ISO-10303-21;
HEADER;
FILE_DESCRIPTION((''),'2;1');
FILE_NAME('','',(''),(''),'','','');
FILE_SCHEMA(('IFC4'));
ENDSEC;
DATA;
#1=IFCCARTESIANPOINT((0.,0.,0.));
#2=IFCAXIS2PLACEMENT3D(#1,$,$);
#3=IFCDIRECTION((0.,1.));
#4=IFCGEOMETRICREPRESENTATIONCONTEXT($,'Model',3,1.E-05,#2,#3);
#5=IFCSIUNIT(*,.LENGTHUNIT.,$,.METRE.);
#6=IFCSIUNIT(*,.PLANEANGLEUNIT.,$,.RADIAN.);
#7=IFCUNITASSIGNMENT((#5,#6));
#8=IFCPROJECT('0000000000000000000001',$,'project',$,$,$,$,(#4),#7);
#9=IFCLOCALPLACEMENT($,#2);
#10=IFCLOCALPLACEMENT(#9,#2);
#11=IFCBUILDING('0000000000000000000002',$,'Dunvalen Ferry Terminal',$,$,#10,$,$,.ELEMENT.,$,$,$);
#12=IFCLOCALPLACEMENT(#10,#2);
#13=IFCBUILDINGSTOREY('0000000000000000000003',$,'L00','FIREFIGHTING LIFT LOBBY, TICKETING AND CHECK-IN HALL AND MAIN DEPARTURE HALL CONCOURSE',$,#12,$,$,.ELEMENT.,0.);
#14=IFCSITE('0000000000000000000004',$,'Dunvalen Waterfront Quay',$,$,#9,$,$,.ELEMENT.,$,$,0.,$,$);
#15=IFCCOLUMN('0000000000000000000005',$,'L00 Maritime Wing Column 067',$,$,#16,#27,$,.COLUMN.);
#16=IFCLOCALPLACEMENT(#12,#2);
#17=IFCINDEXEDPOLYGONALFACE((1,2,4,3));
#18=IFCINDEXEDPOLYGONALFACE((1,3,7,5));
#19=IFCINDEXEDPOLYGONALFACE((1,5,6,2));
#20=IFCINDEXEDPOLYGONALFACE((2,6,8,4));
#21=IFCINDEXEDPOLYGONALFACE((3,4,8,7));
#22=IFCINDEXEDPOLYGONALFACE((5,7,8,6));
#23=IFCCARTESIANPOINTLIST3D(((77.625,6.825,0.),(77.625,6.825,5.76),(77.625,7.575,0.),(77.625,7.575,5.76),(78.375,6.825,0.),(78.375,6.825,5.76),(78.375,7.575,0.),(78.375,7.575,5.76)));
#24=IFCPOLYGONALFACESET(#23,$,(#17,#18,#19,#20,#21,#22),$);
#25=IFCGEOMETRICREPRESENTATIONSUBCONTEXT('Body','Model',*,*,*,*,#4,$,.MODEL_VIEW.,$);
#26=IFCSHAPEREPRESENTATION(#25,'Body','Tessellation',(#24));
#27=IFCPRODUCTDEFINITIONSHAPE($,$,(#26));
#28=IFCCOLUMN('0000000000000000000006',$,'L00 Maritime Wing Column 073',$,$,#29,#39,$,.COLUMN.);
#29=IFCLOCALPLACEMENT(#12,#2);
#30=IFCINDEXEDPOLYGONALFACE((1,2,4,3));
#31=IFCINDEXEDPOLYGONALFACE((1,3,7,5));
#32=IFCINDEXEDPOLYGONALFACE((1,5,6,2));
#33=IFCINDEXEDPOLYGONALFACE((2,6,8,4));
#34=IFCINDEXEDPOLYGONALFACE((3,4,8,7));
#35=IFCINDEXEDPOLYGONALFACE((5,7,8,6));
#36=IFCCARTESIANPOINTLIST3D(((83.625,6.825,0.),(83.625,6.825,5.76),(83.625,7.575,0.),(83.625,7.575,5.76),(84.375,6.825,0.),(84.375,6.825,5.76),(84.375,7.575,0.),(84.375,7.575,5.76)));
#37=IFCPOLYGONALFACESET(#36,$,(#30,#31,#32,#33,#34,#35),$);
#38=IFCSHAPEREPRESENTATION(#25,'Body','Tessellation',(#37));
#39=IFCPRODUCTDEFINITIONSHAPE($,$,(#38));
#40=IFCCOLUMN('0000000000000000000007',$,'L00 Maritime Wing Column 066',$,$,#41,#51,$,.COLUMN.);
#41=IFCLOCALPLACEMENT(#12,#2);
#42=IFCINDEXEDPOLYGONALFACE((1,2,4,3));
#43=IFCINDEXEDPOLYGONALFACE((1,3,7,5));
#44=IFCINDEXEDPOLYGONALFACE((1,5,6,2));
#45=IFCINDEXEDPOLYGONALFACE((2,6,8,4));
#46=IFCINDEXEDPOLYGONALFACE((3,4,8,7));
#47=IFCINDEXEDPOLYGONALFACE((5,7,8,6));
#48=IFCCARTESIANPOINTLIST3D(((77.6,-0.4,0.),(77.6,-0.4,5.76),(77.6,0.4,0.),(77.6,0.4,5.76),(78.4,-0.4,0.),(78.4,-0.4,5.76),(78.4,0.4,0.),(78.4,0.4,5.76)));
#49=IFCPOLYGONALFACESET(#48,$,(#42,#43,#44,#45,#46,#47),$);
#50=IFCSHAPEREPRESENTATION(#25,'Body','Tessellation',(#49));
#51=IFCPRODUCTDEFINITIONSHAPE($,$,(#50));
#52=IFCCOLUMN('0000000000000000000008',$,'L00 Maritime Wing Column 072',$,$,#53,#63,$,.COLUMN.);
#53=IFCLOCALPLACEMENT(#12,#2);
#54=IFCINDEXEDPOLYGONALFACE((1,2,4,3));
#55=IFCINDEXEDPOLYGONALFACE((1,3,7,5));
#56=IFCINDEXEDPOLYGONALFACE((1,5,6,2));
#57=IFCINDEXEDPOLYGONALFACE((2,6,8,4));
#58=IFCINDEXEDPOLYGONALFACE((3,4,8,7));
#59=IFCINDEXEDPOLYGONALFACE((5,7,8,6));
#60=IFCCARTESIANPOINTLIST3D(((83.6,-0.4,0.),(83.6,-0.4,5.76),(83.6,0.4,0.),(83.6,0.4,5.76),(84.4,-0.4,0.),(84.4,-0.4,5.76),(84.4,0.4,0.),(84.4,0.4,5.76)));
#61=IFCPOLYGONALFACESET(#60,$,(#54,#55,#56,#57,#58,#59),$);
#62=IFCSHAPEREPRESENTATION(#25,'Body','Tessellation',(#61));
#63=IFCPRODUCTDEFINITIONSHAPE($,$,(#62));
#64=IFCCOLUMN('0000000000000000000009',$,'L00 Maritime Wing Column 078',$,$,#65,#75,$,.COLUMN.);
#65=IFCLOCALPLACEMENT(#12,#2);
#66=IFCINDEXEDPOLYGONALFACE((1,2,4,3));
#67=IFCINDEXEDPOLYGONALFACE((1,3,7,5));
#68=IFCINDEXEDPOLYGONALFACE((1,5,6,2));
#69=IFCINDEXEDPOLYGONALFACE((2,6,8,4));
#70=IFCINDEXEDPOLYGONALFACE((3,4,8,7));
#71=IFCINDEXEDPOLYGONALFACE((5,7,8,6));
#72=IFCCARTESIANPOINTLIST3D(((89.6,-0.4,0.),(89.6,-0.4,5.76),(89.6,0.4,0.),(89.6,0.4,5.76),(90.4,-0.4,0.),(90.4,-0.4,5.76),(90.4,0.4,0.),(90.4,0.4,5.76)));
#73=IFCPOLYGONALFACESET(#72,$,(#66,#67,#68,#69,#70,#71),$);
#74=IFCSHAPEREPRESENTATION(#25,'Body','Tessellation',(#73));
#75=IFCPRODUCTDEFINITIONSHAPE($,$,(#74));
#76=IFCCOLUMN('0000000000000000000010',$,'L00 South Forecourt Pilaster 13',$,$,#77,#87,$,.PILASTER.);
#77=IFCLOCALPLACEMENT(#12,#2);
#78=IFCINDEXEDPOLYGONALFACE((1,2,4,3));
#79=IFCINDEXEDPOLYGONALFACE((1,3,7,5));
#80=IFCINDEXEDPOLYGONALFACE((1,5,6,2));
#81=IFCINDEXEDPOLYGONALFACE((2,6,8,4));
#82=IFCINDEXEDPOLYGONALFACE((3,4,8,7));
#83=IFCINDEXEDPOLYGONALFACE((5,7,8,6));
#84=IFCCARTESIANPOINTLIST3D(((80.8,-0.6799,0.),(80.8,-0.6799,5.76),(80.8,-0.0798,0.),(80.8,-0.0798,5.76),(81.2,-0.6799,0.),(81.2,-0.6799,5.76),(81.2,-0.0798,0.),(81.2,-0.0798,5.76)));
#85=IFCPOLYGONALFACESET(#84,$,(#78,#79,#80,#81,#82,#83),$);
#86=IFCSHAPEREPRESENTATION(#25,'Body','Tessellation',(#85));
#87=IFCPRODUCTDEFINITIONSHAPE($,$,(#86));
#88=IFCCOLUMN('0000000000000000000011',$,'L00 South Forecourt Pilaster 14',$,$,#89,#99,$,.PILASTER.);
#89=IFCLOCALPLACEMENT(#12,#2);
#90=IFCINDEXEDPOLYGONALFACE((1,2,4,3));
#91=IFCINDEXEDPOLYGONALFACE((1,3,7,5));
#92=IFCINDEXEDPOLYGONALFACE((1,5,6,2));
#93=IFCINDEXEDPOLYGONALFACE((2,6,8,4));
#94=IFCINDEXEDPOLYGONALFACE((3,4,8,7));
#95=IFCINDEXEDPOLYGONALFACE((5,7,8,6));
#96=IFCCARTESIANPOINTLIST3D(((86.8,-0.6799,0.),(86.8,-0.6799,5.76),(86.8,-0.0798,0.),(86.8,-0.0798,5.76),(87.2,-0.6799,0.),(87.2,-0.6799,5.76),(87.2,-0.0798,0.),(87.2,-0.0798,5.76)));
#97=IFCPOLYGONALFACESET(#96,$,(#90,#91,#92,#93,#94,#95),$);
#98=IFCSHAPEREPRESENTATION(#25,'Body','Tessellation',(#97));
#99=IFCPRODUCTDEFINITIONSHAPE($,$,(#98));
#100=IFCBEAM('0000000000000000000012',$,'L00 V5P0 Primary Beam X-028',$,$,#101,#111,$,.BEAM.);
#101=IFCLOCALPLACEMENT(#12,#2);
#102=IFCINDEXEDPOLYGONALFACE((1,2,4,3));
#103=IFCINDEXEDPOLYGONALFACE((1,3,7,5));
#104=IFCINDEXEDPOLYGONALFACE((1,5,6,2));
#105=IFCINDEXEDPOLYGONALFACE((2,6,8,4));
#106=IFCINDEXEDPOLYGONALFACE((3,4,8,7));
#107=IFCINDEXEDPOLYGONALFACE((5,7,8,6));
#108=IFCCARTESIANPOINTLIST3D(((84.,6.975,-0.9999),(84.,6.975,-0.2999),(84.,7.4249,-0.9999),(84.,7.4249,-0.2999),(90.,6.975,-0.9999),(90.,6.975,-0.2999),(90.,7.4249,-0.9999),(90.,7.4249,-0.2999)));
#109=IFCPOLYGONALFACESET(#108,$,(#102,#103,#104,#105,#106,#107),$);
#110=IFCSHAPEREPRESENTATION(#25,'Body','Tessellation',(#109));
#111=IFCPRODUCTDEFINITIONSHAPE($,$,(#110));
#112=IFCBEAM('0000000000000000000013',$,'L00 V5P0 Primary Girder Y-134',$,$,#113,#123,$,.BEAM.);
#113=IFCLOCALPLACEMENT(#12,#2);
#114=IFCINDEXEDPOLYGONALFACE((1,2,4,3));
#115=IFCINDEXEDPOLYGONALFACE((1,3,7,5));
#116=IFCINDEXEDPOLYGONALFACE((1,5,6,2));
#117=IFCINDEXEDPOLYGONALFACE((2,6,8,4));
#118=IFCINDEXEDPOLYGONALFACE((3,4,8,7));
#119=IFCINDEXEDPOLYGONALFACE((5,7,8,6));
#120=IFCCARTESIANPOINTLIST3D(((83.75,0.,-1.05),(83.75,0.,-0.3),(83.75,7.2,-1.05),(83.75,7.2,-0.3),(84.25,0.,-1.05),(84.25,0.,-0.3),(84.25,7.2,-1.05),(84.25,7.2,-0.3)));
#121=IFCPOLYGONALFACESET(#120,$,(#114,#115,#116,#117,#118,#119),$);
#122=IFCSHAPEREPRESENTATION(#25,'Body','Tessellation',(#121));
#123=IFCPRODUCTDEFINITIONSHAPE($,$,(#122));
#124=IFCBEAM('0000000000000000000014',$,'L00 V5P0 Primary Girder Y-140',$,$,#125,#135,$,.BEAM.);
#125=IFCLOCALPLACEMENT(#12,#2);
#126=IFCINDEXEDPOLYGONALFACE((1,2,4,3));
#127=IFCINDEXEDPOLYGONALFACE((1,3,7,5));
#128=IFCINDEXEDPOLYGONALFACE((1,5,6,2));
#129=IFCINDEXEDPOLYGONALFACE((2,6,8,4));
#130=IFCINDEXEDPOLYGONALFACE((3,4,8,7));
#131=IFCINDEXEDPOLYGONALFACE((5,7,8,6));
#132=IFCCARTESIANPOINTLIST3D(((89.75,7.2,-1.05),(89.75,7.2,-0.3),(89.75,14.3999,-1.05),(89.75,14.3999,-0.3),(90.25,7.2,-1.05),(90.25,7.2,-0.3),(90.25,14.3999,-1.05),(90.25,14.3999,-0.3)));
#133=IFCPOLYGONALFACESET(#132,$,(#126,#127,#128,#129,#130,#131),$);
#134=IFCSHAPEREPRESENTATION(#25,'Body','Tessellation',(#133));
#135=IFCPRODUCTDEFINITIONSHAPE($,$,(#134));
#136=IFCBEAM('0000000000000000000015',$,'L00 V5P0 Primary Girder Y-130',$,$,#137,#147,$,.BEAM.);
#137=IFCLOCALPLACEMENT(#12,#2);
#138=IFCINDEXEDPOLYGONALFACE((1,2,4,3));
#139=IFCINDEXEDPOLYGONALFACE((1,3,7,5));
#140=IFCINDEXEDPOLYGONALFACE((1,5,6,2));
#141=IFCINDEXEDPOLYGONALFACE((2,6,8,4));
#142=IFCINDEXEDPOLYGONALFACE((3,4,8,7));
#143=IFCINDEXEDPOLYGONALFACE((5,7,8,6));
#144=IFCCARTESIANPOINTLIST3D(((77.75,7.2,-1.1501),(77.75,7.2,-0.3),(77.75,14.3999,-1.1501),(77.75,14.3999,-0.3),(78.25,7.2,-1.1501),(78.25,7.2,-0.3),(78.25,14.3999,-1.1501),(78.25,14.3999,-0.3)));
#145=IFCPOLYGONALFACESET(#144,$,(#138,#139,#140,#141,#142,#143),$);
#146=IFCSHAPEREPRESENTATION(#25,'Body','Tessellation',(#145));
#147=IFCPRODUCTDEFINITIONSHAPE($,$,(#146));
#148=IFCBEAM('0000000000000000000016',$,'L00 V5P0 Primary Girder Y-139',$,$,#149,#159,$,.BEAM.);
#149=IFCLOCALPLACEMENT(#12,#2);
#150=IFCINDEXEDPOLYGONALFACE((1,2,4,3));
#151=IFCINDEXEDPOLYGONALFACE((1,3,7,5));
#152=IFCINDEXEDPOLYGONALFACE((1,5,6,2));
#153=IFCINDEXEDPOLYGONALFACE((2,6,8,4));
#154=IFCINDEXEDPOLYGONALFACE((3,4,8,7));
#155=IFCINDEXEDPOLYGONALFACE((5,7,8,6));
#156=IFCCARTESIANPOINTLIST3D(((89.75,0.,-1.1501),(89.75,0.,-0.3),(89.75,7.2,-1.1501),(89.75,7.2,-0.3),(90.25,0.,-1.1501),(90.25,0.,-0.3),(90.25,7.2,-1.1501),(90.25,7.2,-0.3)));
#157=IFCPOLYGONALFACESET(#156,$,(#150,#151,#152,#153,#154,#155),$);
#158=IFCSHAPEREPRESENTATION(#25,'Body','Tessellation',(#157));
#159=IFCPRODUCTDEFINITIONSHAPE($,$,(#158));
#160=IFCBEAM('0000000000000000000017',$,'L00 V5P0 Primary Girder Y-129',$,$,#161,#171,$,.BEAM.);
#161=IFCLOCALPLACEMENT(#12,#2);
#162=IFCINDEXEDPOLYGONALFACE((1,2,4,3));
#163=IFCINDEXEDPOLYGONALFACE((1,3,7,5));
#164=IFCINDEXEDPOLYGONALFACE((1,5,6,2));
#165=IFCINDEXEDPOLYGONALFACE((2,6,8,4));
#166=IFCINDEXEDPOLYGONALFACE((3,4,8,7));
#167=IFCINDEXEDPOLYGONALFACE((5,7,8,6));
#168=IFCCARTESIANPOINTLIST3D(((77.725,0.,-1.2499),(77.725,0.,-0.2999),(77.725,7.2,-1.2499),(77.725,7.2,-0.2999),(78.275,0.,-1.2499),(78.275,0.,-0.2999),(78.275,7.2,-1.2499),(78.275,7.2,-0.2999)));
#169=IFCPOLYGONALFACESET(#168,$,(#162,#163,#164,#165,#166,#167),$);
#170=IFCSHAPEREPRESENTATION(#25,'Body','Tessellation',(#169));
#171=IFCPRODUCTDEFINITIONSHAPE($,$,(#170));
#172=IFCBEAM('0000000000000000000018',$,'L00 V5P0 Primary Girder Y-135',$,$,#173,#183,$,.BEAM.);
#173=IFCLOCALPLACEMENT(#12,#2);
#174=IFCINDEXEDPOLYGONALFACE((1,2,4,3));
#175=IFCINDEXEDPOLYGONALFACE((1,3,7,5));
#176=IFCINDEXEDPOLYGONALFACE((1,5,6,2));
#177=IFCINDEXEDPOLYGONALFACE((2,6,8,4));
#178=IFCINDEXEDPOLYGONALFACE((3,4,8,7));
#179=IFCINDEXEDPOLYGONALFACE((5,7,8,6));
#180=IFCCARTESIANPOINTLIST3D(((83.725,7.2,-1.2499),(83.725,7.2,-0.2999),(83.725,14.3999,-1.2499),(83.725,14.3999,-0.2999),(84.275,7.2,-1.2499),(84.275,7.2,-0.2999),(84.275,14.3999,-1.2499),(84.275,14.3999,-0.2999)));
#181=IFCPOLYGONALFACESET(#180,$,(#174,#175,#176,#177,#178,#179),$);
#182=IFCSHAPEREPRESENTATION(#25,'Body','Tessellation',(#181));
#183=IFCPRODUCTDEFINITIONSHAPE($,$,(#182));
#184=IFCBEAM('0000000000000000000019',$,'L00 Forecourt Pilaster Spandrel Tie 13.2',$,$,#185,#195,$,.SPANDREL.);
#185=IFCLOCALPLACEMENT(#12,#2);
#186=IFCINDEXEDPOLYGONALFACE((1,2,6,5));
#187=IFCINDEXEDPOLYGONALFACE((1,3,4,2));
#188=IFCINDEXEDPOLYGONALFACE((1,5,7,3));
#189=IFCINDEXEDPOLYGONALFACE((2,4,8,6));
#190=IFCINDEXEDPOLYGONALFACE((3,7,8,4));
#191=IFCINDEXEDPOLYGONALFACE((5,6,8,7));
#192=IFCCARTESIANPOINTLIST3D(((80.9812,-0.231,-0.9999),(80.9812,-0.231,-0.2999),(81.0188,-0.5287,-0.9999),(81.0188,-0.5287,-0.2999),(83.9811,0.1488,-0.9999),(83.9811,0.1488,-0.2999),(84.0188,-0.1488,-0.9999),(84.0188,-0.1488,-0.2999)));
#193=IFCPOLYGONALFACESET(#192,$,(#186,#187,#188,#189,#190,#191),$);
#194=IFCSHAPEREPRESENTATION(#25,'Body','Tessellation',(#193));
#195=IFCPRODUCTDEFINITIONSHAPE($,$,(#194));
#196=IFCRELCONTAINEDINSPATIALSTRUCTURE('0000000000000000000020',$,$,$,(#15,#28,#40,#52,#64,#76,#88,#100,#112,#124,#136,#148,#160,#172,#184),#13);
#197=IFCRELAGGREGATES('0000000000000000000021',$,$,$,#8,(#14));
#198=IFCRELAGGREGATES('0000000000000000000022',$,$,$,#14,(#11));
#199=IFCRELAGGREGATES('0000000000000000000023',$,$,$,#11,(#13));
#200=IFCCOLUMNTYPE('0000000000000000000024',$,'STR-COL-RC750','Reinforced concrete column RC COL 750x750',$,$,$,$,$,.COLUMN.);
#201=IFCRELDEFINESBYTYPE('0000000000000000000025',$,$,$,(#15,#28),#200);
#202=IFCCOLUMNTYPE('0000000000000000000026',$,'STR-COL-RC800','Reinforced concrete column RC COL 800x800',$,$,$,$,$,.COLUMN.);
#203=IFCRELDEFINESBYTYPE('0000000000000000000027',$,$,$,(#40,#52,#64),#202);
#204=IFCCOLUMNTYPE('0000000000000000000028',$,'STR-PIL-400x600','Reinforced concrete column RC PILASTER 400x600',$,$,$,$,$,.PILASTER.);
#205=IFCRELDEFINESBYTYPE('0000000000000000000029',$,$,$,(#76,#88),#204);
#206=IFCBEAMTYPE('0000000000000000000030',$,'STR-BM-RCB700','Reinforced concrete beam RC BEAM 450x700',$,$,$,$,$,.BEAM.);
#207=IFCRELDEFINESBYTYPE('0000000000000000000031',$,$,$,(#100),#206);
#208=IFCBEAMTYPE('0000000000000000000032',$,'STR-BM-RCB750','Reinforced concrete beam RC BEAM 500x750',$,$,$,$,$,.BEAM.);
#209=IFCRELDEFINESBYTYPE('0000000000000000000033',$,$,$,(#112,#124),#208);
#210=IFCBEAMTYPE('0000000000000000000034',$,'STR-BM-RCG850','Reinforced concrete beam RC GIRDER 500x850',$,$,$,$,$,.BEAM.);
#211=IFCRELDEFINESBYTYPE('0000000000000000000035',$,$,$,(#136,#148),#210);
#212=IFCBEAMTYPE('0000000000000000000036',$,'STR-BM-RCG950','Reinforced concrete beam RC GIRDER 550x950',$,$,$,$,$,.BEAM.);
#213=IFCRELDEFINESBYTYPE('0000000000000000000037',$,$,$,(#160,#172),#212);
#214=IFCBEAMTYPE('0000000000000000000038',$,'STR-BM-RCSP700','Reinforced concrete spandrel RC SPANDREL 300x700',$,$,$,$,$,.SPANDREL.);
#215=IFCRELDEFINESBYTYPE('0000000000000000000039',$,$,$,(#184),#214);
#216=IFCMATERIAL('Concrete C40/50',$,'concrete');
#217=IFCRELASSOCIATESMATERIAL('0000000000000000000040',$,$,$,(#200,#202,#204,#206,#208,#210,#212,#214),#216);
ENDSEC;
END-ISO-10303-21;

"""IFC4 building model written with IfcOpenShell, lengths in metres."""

from ifc_helpers import new_model, si_unit, direction, frame, origin, origin_2d, place, context, subcontext, project, spatial, rectangle, extrude, material, material_profile, profile_set, type_object, element, save


model = new_model("IFC4")

# Units and contexts
model_context = context("Model", 3, precision=1e-05, world=origin(), true_north=direction((0.0, 1.0)))
body_context = subcontext(model_context, "Body", "Model", "MODEL_VIEW")
ifc_project = project(units=[si_unit("LENGTHUNIT", "METRE"), si_unit("PLANEANGLEUNIT", "RADIAN")], contexts=[model_context])

# Site, building, storey
site_placement = place(None, origin())
site = spatial("IfcSite", under=ifc_project, at=site_placement, Name="Dunvalen Waterfront Quay", CompositionType="ELEMENT", RefElevation=0.0)
building_placement = place(site_placement, origin())
building = spatial("IfcBuilding", under=site, at=building_placement, Name="Dunvalen Ferry Terminal", CompositionType="ELEMENT")
storey_placement = place(building_placement, origin())
storey = spatial("IfcBuildingStorey", under=building, at=storey_placement, Name="L00", Description="FIREFIGHTING LIFT LOBBY, TICKETING AND CHECK-IN HALL AND MAIN DEPARTURE HALL CONCOURSE", CompositionType="ELEMENT", Elevation=0.0)

# Columns
ifc_material_1 = material(Name="Concrete C40/50", Category="concrete")
ifc_material_profile_1 = material_profile(ifc_material_1, rectangle(XDim=0.75, YDim=0.75, at=origin_2d()), Name="Concrete C40/50")
ifc_profile_set_1 = profile_set([ifc_material_profile_1], Name="Concrete C40/50")
column_type_1 = type_object("IfcColumnType", Name="STR-COL-RC750", Description="Reinforced concrete column RC COL 750x750", PredefinedType="COLUMN", material=ifc_profile_set_1)
for number, where, z_axis, x_axis, name in (
    (1, (78.0, 7.2, 0.0), (0.0, 0.0, 1.0), (1.0, 0.0, 0.0), "L00 Maritime Wing Column 067"),
    (2, (84.0, 7.2, 0.0), (0.0, 0.0, 1.0), (1.0, 0.0, 0.0), "L00 Maritime Wing Column 073"),
):
    element("IfcColumn", number, at=place(storey_placement, frame(where, z_axis=z_axis, x_axis=x_axis)), inside=storey, type_object=column_type_1, Name=name, PredefinedType="COLUMN", context=body_context, shape_type="SweptSolid", body=[
        extrude(rectangle(XDim=0.75, YDim=0.75, at=origin_2d()), origin(), (0.0, 0.0, 1.0), 5.76),
    ])
ifc_material_profile_2 = material_profile(ifc_material_1, rectangle(XDim=0.8, YDim=0.8, at=origin_2d()), Name="Concrete C40/50")
ifc_profile_set_2 = profile_set([ifc_material_profile_2], Name="Concrete C40/50")
column_type_2 = type_object("IfcColumnType", Name="STR-COL-RC800", Description="Reinforced concrete column RC COL 800x800", PredefinedType="COLUMN", material=ifc_profile_set_2)
for number, where, z_axis, x_axis, name in (
    (3, (78.0, 0.0, 0.0), (0.0, 0.0, 1.0), (1.0, 0.0, 0.0), "L00 Maritime Wing Column 066"),
    (4, (84.0, 0.0, 0.0), (0.0, 0.0, 1.0), (1.0, 0.0, 0.0), "L00 Maritime Wing Column 072"),
    (5, (90.0, 0.0, 0.0), (0.0, 0.0, 1.0), (1.0, 0.0, 0.0), "L00 Maritime Wing Column 078"),
):
    element("IfcColumn", number, at=place(storey_placement, frame(where, z_axis=z_axis, x_axis=x_axis)), inside=storey, type_object=column_type_2, Name=name, PredefinedType="COLUMN", context=body_context, shape_type="SweptSolid", body=[
        extrude(rectangle(XDim=0.8, YDim=0.8, at=origin_2d()), origin(), (0.0, 0.0, 1.0), 5.76),
    ])
ifc_material_profile_3 = material_profile(ifc_material_1, rectangle(XDim=0.3999, YDim=0.6001, at=origin_2d()), Name="Concrete C40/50")
ifc_profile_set_3 = profile_set([ifc_material_profile_3], Name="Concrete C40/50")
column_type_3 = type_object("IfcColumnType", Name="STR-PIL-400x600", Description="Reinforced concrete column RC PILASTER 400x600", PredefinedType="PILASTER", material=ifc_profile_set_3)
for number, where, z_axis, x_axis, name in (
    (6, (81.0, -0.3799, 0.0), (0.0, 0.0, 1.0), (1.0, 0.0, 0.0), "L00 South Forecourt Pilaster 13"),
    (7, (87.0, -0.3799, 0.0), (0.0, 0.0, 1.0), (1.0, 0.0, 0.0), "L00 South Forecourt Pilaster 14"),
):
    element("IfcColumn", number, at=place(storey_placement, frame(where, z_axis=z_axis, x_axis=x_axis)), inside=storey, type_object=column_type_3, Name=name, PredefinedType="PILASTER", context=body_context, shape_type="SweptSolid", body=[
        extrude(rectangle(XDim=0.3999, YDim=0.6001, at=origin_2d()), origin(), (0.0, 0.0, 1.0), 5.76),
    ])

# Beams
ifc_material_profile_4 = material_profile(ifc_material_1, rectangle(XDim=0.45, YDim=0.7, at=origin_2d()), Name="Concrete C40/50")
ifc_profile_set_4 = profile_set([ifc_material_profile_4], Name="Concrete C40/50")
beam_type_1 = type_object("IfcBeamType", Name="STR-BM-RCB700", Description="Reinforced concrete beam RC BEAM 450x700", PredefinedType="BEAM", material=ifc_profile_set_4)
beam_1_placement = place(storey_placement, frame((84.0, 7.2, -0.6499), z_axis=(1.0, 0.0, 0.0), x_axis=(0.0, 1.0, 0.0)))
element("IfcBeam", 8, at=beam_1_placement, inside=storey, type_object=beam_type_1, Name="L00 V5P0 Primary Beam X-028", PredefinedType="BEAM", context=body_context, shape_type="SweptSolid", body=[
    extrude(rectangle(XDim=0.45, YDim=0.7, at=origin_2d()), origin(), (0.0, 0.0, 1.0), 6.0),
])
ifc_material_profile_5 = material_profile(ifc_material_1, rectangle(XDim=0.5, YDim=0.75, at=origin_2d()), Name="Concrete C40/50")
ifc_profile_set_5 = profile_set([ifc_material_profile_5], Name="Concrete C40/50")
beam_type_2 = type_object("IfcBeamType", Name="STR-BM-RCB750", Description="Reinforced concrete beam RC BEAM 500x750", PredefinedType="BEAM", material=ifc_profile_set_5)
for number, where, z_axis, x_axis, name in (
    (9, (84.0, 0.0, -0.675), (0.0, 1.0, 0.0), (-1.0, 0.0, 0.0), "L00 V5P0 Primary Girder Y-134"),
    (10, (90.0, 7.2, -0.675), (0.0, 1.0, 0.0), (-1.0, 0.0, 0.0), "L00 V5P0 Primary Girder Y-140"),
):
    element("IfcBeam", number, at=place(storey_placement, frame(where, z_axis=z_axis, x_axis=x_axis)), inside=storey, type_object=beam_type_2, Name=name, PredefinedType="BEAM", context=body_context, shape_type="SweptSolid", body=[
        extrude(rectangle(XDim=0.5, YDim=0.75, at=origin_2d()), origin(), (0.0, 0.0, 1.0), 7.2),
    ])
ifc_material_profile_6 = material_profile(ifc_material_1, rectangle(XDim=0.5, YDim=0.8501, at=origin_2d()), Name="Concrete C40/50")
ifc_profile_set_6 = profile_set([ifc_material_profile_6], Name="Concrete C40/50")
beam_type_3 = type_object("IfcBeamType", Name="STR-BM-RCG850", Description="Reinforced concrete beam RC GIRDER 500x850", PredefinedType="BEAM", material=ifc_profile_set_6)
for number, where, z_axis, x_axis, name in (
    (11, (78.0, 7.2, -0.7251), (0.0, 1.0, 0.0), (-1.0, 0.0, 0.0), "L00 V5P0 Primary Girder Y-130"),
    (12, (90.0, 0.0, -0.7251), (0.0, 1.0, 0.0), (-1.0, 0.0, 0.0), "L00 V5P0 Primary Girder Y-139"),
):
    element("IfcBeam", number, at=place(storey_placement, frame(where, z_axis=z_axis, x_axis=x_axis)), inside=storey, type_object=beam_type_3, Name=name, PredefinedType="BEAM", context=body_context, shape_type="SweptSolid", body=[
        extrude(rectangle(XDim=0.5, YDim=0.8501, at=origin_2d()), origin(), (0.0, 0.0, 1.0), 7.2),
    ])
ifc_material_profile_7 = material_profile(ifc_material_1, rectangle(XDim=0.55, YDim=0.95, at=origin_2d()), Name="Concrete C40/50")
ifc_profile_set_7 = profile_set([ifc_material_profile_7], Name="Concrete C40/50")
beam_type_4 = type_object("IfcBeamType", Name="STR-BM-RCG950", Description="Reinforced concrete beam RC GIRDER 550x950", PredefinedType="BEAM", material=ifc_profile_set_7)
for number, where, z_axis, x_axis, name in (
    (13, (78.0, 0.0, -0.7749), (0.0, 1.0, 0.0), (-1.0, 0.0, 0.0), "L00 V5P0 Primary Girder Y-129"),
    (14, (84.0, 7.2, -0.7749), (0.0, 1.0, 0.0), (-1.0, 0.0, 0.0), "L00 V5P0 Primary Girder Y-135"),
):
    element("IfcBeam", number, at=place(storey_placement, frame(where, z_axis=z_axis, x_axis=x_axis)), inside=storey, type_object=beam_type_4, Name=name, PredefinedType="BEAM", context=body_context, shape_type="SweptSolid", body=[
        extrude(rectangle(XDim=0.55, YDim=0.95, at=origin_2d()), origin(), (0.0, 0.0, 1.0), 7.2),
    ])
ifc_material_profile_8 = material_profile(ifc_material_1, rectangle(XDim=0.3, YDim=0.7, at=origin_2d()), Name="Concrete C40/50")
ifc_profile_set_8 = profile_set([ifc_material_profile_8], Name="Concrete C40/50")
beam_type_5 = type_object("IfcBeamType", Name="STR-BM-RCSP700", Description="Reinforced concrete spandrel RC SPANDREL 300x700", PredefinedType="SPANDREL", material=ifc_profile_set_8)
for number, where, z_axis, x_axis, name in (
    (15, (81.0, -0.3799, -0.6499), (0.992078, 0.125624, 0.0), (-0.125624, 0.992078, 0.0), "L00 Forecourt Pilaster Spandrel Tie 13.2"),
):
    element("IfcBeam", number, at=place(storey_placement, frame(where, z_axis=z_axis, x_axis=x_axis)), inside=storey, type_object=beam_type_5, Name=name, PredefinedType="SPANDREL", context=body_context, shape_type="SweptSolid", body=[
        extrude(rectangle(XDim=0.3, YDim=0.7, at=origin_2d()), origin(), (0.0, 0.0, 1.0), 3.0239),
    ])

save(model, "model.ifc")
